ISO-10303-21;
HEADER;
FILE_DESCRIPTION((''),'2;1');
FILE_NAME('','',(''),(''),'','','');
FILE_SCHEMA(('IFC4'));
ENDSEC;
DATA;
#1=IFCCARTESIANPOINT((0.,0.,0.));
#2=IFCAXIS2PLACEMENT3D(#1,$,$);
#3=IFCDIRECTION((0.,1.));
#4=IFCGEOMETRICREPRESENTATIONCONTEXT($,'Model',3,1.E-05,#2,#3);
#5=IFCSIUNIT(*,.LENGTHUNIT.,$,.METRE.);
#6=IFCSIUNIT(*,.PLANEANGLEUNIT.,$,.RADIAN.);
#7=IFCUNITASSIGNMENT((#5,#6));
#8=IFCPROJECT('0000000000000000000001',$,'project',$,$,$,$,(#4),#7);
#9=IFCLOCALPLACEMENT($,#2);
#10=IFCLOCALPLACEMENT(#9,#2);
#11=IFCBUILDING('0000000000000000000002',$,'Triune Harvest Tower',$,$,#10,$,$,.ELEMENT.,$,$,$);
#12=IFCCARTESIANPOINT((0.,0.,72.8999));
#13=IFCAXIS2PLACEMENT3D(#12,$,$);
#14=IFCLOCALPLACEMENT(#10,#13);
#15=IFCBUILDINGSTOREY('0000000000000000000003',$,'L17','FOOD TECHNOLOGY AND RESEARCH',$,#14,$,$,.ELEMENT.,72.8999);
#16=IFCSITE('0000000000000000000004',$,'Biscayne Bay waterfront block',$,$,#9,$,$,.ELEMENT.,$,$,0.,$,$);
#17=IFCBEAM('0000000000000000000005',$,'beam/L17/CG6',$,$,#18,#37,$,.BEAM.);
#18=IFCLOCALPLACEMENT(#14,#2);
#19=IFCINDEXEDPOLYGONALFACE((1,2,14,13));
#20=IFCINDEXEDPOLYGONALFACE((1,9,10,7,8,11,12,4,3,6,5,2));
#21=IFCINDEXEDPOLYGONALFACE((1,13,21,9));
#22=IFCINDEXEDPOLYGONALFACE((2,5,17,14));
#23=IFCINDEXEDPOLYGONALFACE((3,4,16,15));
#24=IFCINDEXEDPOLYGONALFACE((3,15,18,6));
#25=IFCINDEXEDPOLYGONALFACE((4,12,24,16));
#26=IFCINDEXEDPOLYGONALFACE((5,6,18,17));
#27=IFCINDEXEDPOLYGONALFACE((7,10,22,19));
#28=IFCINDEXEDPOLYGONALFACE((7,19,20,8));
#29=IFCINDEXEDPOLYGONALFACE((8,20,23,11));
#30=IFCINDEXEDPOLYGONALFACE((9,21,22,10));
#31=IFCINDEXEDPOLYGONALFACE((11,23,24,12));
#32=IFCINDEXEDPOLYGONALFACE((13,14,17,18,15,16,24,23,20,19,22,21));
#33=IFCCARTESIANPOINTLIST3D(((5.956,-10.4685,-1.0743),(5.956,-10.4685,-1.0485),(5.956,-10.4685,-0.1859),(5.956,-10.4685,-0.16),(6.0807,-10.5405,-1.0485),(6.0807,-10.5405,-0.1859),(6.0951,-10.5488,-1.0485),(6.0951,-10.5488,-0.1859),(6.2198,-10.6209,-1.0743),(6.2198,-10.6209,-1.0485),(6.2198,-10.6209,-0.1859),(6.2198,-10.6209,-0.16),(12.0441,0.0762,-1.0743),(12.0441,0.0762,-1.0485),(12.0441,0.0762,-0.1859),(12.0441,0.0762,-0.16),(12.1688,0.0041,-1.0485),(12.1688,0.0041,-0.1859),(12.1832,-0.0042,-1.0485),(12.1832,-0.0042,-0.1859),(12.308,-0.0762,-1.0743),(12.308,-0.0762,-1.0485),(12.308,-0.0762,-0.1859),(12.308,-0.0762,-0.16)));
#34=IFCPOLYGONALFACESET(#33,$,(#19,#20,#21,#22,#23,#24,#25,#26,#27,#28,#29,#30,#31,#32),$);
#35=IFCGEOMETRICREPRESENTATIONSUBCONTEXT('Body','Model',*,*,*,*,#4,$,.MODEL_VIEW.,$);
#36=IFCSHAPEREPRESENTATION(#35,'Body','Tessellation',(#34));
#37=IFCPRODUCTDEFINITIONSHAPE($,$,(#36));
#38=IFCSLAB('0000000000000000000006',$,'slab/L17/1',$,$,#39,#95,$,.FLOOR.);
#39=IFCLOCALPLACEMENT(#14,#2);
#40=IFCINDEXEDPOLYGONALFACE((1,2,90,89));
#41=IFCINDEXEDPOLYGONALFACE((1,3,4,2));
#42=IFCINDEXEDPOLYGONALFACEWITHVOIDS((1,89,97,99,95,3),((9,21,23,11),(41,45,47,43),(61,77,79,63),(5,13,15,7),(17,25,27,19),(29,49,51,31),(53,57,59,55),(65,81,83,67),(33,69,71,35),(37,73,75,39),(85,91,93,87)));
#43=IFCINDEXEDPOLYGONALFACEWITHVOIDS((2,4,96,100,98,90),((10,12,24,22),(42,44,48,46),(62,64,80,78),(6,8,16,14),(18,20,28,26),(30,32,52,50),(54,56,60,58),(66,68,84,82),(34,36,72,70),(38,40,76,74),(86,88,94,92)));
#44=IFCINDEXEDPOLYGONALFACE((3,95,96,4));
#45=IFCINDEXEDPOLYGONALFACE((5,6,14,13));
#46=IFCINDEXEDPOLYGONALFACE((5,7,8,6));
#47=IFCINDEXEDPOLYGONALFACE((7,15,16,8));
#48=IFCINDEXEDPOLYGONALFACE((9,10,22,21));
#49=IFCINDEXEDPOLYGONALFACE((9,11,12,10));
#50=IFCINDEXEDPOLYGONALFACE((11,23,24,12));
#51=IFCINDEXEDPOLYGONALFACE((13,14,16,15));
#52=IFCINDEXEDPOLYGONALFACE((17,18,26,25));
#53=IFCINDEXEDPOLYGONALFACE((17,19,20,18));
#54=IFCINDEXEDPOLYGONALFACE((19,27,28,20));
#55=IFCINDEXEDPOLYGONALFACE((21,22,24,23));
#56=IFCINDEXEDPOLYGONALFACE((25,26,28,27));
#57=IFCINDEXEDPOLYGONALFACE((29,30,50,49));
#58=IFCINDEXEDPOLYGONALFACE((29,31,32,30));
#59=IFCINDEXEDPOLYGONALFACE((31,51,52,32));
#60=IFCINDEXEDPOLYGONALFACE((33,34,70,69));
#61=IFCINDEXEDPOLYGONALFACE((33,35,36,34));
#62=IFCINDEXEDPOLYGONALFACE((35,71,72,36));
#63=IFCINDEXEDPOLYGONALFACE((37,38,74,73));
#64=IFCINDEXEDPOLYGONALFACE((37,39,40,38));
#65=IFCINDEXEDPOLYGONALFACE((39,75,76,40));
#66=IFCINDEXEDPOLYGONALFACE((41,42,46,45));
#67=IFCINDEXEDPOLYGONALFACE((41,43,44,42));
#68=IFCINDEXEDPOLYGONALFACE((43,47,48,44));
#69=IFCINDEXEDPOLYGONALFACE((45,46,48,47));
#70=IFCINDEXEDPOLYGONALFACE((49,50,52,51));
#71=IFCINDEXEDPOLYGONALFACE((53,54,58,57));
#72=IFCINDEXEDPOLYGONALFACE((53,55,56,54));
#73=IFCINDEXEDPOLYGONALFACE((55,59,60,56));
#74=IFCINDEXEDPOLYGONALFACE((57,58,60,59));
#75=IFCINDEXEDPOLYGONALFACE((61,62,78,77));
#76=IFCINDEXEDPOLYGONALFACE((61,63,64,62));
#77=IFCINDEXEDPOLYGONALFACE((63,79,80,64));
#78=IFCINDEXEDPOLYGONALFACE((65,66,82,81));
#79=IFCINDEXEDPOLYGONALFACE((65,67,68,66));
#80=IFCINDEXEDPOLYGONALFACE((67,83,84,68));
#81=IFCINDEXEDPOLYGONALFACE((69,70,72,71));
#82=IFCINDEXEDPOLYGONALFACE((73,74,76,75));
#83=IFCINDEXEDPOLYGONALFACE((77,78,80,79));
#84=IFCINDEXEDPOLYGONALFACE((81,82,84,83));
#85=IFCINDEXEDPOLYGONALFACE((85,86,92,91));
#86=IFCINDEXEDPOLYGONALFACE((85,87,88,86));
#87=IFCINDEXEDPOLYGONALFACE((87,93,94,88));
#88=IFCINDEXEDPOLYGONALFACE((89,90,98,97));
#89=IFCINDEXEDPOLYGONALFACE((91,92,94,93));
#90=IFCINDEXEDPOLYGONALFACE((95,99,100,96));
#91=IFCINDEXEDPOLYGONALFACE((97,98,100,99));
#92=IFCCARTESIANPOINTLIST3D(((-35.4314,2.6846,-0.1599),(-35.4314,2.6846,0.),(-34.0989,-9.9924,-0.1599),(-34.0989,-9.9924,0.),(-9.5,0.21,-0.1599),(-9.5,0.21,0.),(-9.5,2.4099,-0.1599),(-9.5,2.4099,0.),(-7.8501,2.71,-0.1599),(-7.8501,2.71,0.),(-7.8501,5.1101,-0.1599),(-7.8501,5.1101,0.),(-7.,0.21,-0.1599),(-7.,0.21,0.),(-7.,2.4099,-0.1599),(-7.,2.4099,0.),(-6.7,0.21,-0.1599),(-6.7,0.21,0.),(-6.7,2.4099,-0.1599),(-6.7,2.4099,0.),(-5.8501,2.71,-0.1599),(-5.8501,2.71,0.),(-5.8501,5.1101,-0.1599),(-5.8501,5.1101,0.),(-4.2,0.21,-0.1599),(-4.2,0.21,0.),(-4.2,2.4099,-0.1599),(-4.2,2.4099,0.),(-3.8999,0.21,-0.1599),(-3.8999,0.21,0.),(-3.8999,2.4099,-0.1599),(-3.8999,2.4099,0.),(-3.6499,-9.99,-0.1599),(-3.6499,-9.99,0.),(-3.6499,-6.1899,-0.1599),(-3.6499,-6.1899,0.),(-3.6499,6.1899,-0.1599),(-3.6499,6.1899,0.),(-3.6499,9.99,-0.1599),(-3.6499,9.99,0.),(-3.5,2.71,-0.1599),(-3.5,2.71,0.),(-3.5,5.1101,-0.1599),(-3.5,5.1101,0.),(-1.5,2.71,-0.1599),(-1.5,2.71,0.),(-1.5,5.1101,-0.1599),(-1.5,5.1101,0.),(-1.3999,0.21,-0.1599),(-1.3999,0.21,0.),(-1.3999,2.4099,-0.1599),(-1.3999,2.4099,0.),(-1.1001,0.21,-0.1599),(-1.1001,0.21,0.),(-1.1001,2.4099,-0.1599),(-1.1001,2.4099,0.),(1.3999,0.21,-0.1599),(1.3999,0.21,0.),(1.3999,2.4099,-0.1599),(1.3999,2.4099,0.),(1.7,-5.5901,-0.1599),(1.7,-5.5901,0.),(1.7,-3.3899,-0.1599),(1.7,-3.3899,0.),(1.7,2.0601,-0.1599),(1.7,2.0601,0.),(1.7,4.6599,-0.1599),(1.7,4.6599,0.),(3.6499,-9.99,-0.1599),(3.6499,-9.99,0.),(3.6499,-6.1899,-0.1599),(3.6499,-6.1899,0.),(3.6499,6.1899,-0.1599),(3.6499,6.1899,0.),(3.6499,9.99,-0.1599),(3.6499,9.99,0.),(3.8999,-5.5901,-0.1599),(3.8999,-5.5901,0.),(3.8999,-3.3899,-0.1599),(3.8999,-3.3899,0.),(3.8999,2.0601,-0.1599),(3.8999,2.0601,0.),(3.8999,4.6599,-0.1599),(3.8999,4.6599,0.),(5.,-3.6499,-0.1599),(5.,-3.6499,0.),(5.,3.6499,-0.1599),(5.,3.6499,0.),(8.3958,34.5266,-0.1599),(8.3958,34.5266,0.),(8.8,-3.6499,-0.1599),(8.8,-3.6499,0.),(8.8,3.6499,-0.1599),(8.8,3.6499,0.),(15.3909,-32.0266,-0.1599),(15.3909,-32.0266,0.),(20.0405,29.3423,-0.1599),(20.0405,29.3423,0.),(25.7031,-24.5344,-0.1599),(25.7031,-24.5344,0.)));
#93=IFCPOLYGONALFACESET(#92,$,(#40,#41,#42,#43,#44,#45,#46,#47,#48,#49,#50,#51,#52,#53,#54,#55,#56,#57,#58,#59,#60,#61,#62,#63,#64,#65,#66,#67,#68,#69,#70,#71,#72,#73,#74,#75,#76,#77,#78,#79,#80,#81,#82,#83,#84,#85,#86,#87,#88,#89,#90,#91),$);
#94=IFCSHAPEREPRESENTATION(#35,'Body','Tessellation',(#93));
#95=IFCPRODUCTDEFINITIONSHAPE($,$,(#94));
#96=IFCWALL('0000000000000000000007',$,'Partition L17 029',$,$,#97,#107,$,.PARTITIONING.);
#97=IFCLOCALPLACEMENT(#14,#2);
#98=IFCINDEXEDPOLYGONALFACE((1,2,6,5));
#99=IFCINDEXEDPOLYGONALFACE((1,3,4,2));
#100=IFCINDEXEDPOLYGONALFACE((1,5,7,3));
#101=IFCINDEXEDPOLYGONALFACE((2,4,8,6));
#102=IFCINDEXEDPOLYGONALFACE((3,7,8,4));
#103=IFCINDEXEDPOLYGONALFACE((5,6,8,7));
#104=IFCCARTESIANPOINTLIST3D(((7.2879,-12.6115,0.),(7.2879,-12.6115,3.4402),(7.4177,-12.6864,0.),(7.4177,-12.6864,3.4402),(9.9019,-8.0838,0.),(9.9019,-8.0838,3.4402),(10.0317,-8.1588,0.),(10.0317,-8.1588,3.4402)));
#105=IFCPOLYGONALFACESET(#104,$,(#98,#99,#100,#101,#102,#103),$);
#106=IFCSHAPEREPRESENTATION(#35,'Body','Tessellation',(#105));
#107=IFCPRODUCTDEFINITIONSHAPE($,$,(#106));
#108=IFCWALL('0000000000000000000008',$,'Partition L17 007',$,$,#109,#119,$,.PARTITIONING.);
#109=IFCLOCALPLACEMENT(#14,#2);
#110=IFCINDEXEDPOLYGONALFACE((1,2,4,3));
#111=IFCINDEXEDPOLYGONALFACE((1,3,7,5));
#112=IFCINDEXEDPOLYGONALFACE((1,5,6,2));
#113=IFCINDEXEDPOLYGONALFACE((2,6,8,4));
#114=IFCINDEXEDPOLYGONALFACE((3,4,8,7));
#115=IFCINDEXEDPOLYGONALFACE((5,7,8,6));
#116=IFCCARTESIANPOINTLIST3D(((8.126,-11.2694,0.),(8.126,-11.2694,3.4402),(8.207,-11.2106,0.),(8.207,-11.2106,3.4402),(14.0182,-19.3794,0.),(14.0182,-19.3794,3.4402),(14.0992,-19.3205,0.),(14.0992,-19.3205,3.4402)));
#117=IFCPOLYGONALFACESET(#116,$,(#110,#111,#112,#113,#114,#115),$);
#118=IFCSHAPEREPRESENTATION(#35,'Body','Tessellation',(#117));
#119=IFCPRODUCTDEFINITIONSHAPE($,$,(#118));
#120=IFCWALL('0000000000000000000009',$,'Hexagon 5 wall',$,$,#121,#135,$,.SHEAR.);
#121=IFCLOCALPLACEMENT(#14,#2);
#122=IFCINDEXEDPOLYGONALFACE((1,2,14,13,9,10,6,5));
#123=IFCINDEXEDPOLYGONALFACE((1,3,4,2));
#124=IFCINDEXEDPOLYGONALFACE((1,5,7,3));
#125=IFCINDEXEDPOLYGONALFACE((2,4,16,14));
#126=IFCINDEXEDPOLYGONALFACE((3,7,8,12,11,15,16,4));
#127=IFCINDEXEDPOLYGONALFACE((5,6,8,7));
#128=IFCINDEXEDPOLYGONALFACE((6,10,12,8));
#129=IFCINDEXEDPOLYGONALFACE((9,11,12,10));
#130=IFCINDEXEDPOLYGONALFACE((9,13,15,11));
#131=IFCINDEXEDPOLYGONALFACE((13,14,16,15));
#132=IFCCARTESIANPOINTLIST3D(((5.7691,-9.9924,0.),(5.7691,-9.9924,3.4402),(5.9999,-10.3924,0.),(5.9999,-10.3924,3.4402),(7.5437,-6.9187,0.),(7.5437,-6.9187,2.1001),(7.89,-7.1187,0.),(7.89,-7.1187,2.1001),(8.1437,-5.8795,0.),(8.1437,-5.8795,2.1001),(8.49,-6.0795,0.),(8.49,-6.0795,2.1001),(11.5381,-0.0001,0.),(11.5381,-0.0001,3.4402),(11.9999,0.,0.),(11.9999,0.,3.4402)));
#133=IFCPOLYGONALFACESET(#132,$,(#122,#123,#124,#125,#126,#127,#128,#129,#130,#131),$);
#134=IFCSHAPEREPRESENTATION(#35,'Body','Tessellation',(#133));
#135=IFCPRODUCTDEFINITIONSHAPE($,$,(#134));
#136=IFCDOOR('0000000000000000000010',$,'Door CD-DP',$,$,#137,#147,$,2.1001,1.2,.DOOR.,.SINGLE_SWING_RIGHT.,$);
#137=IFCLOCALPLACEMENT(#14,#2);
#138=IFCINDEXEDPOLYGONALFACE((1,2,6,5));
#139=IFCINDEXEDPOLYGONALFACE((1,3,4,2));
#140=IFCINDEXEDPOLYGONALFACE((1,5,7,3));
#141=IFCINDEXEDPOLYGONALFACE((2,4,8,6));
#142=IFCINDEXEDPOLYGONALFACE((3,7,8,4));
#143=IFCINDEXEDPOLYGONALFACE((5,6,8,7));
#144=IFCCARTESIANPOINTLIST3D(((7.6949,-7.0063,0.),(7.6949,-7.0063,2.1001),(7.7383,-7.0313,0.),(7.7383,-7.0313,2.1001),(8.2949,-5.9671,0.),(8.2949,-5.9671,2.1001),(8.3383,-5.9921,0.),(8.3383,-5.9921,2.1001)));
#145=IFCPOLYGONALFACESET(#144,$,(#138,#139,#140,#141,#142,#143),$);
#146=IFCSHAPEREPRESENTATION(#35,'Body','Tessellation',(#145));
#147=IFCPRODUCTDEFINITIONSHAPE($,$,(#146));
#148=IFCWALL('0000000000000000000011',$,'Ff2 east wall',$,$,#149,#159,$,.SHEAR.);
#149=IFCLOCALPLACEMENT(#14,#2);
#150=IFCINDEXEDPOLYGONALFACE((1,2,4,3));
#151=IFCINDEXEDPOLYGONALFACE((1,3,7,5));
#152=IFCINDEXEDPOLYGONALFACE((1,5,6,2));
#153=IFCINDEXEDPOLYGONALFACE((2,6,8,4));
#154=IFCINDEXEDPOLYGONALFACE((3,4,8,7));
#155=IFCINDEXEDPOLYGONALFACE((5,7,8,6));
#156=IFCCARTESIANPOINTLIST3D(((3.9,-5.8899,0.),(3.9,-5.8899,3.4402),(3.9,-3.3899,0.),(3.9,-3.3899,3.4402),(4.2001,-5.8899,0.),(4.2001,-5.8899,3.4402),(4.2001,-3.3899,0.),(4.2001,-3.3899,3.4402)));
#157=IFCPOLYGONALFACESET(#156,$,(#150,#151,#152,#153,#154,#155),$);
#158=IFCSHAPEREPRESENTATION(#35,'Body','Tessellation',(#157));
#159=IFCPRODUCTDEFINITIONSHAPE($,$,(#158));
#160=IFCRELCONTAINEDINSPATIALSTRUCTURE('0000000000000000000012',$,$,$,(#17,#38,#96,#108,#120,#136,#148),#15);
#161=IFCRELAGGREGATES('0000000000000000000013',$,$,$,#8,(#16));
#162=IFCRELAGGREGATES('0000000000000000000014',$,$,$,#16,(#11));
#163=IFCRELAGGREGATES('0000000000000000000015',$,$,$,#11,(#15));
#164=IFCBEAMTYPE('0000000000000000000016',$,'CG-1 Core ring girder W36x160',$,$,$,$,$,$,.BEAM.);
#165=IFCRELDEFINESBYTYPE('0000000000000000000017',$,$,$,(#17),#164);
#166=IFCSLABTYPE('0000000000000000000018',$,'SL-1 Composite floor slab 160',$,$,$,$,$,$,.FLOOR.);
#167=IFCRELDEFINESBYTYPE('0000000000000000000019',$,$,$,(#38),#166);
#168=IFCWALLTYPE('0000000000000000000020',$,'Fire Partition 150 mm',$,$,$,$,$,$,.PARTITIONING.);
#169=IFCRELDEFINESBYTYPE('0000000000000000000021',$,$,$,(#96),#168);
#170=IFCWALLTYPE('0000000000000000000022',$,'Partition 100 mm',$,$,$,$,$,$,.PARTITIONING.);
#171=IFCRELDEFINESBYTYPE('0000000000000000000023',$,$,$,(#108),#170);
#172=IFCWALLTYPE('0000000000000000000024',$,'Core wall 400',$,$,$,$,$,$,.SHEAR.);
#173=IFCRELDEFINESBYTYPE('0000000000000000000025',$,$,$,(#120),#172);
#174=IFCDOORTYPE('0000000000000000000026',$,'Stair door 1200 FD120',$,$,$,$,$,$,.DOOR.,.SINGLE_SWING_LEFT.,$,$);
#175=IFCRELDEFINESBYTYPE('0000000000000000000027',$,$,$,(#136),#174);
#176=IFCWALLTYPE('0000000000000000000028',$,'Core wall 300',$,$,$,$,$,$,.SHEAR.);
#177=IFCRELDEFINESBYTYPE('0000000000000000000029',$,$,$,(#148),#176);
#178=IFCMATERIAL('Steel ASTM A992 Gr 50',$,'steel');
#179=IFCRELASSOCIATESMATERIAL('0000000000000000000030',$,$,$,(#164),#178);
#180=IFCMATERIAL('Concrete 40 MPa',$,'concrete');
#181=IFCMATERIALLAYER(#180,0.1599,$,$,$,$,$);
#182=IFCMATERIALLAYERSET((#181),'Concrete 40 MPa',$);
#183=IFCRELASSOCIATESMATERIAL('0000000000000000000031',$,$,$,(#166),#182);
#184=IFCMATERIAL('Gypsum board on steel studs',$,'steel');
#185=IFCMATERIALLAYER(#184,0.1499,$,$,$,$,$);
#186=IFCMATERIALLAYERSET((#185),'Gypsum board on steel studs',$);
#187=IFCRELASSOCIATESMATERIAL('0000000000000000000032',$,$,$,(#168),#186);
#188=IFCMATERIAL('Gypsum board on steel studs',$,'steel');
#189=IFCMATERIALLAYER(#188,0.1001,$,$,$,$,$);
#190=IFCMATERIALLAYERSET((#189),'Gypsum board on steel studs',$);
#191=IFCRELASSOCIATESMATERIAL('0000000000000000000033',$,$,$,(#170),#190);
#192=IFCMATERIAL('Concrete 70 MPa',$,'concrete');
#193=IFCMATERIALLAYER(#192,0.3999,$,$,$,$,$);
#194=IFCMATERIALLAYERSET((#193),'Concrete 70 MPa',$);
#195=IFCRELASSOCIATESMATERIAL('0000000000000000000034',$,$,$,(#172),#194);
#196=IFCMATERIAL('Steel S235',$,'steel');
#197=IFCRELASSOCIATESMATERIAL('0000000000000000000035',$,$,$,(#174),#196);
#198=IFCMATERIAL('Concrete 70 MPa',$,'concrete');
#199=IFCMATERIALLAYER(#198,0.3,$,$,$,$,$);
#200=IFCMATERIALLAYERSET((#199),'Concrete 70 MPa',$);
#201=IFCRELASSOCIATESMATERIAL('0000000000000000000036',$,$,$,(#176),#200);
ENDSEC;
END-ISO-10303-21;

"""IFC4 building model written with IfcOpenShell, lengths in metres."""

from ifc_helpers import new_model, si_unit, direction, frame, frame_2d, origin, origin_2d, place, context, subcontext, project, spatial, polyline, rectangle, i_section, outline, extrude, source, transform, mapped, material, layer, layer_set, material_profile, profile_set, type_object, element, fill, save


model = new_model("IFC4")

# Units and contexts
model_context = context("Model", 3, precision=1e-05, world=origin(), true_north=direction((0.0, 1.0)))
body_context = subcontext(model_context, "Body", "Model", "MODEL_VIEW")
ifc_project = project(units=[si_unit("LENGTHUNIT", "METRE"), si_unit("PLANEANGLEUNIT", "RADIAN")], contexts=[model_context])

# Site, building, storey
site_placement = place(None, origin())
site = spatial("IfcSite", under=ifc_project, at=site_placement, Name="Biscayne Bay waterfront block", CompositionType="ELEMENT", RefElevation=0.0)
building_placement = place(site_placement, origin())
building = spatial("IfcBuilding", under=site, at=building_placement, Name="Triune Harvest Tower", CompositionType="ELEMENT")
storey_placement = place(building_placement, frame((0.0, 0.0, 72.8999)))
storey = spatial("IfcBuildingStorey", under=building, at=storey_placement, Name="L17", Description="FOOD TECHNOLOGY AND RESEARCH", CompositionType="ELEMENT", Elevation=72.8999)

# Beam
ifc_material_1 = material(Name="Steel ASTM A992 Gr 50", Category="steel")
ifc_material_profile = material_profile(ifc_material_1, i_section(OverallWidth=0.3047, OverallDepth=0.9143, WebThickness=0.0166, FlangeThickness=0.0259, at=origin_2d()), Name="W36x160")
ifc_profile_set = profile_set([ifc_material_profile], Name="Steel ASTM A992 Gr 50")
beam_type = type_object("IfcBeamType", Name="CG-1 Core ring girder W36x160", PredefinedType="BEAM", material=ifc_profile_set)
shared_shape_1 = source(origin(), body_context, "Body", "SweptSolid", [
    extrude(i_section(OverallWidth=0.3047, OverallDepth=0.9143, WebThickness=0.0166, FlangeThickness=0.0259, at=origin_2d()), origin(), (0.0, 0.0, 1.0), 12.176),
])
beam_placement = place(storey_placement, frame((6.0879, -10.5447, -0.6172), z_axis=(0.50001, 0.86602, 0.0), x_axis=(-0.86602, 0.50001, 0.0)))
element("IfcBeam", 1, at=beam_placement, inside=storey, type_object=beam_type, Name="beam/L17/CG6", PredefinedType="BEAM", context=body_context, shape_type="MappedRepresentation", body=[
    mapped(shared_shape_1, transform((0.0, 0.0, 0.0), scale=1.0)),
])

# Slab
ifc_material_2 = material(Name="Concrete 40 MPa", Category="concrete")
ifc_layer_1 = layer(ifc_material_2, 0.1599)
ifc_layer_set_1 = layer_set([ifc_layer_1], Name="Concrete 40 MPa")
slab_type = type_object("IfcSlabType", Name="SL-1 Composite floor slab 160", PredefinedType="FLOOR", material=ifc_layer_set_1)
shared_shape_2 = source(origin(), body_context, "Body", "SweptSolid", [
    extrude(outline(polyline([(25.7031, -24.5344), (20.0405, 29.3423), (8.3958, 34.5266), (-35.4314, 2.6846), (-34.0989, -9.9924), (15.3909, -32.0266), (25.7031, -24.5344)]), holes=[polyline([(-7.0, 0.21), (-7.0, 2.4099), (-9.5, 2.4099), (-9.5, 0.21), (-7.0, 0.21)]), polyline([(-4.2, 0.21), (-4.2, 2.4099), (-6.7, 2.4099), (-6.7, 0.21), (-4.2, 0.21)]), polyline([(-1.3999, 0.21), (-1.3999, 2.4099), (-3.8999, 2.4099), (-3.8999, 0.21), (-1.3999, 0.21)]), polyline([(1.3999, 0.21), (1.3999, 2.4099), (-1.1001, 2.4099), (-1.1001, 0.21), (1.3999, 0.21)]), polyline([(3.8999, 2.0601), (3.8999, 4.6599), (1.7, 4.6599), (1.7, 2.0601), (3.8999, 2.0601)]), polyline([(3.8999, -5.5901), (3.8999, -3.3899), (1.7, -3.3899), (1.7, -5.5901), (3.8999, -5.5901)]), polyline([(-5.8501, 2.71), (-5.8501, 5.1101), (-7.8501, 5.1101), (-7.8501, 2.71), (-5.8501, 2.71)]), polyline([(-1.5, 2.71), (-1.5, 5.1101), (-3.5, 5.1101), (-3.5, 2.71), (-1.5, 2.71)]), polyline([(3.6499, 6.1899), (3.6499, 9.99), (-3.6499, 9.99), (-3.6499, 6.1899), (3.6499, 6.1899)]), polyline([(3.6499, -9.99), (3.6499, -6.1899), (-3.6499, -6.1899), (-3.6499, -9.99), (3.6499, -9.99)]), polyline([(8.8, -3.6499), (8.8, 3.6499), (5.0, 3.6499), (5.0, -3.6499), (8.8, -3.6499)])]), origin(), (0.0, 0.0, 1.0), 0.1599),
])
slab_placement = place(storey_placement, frame((0.0, 0.0, -0.1599)))
element("IfcSlab", 2, at=slab_placement, inside=storey, type_object=slab_type, Name="slab/L17/1", PredefinedType="FLOOR", context=body_context, shape_type="MappedRepresentation", body=[
    mapped(shared_shape_2, transform((0.0, 0.0, 0.0), scale=1.0)),
])

# Walls
ifc_material_3 = material(Name="Gypsum board on steel studs", Category="steel")
ifc_layer_2 = layer(ifc_material_3, 0.1499)
ifc_layer_set_2 = layer_set([ifc_layer_2], Name="Gypsum board on steel studs")
wall_type_1 = type_object("IfcWallType", Name="Fire Partition 150 mm", PredefinedType="PARTITIONING", material=ifc_layer_set_2)
wall_1_placement = place(storey_placement, frame((7.3528, -12.6489, 0.0), z_axis=(0.0, 0.0, 1.0), x_axis=(0.500001, 0.866025, 0.0)))
element("IfcWall", 3, at=wall_1_placement, inside=storey, type_object=wall_type_1, Name="Partition L17 029", PredefinedType="PARTITIONING", context=body_context, shape_type="SweptSolid", body=[
    extrude(rectangle(XDim=5.228, YDim=0.1499, at=frame_2d((2.614, 0.0))), origin(), (0.0, 0.0, 1.0), 3.4402),
])
ifc_material_4 = material(Name="Gypsum board on steel studs", Category="steel")
ifc_layer_3 = layer(ifc_material_4, 0.1001)
ifc_layer_set_3 = layer_set([ifc_layer_3], Name="Gypsum board on steel studs")
wall_type_2 = type_object("IfcWallType", Name="Partition 100 mm", PredefinedType="PARTITIONING", material=ifc_layer_set_3)
wall_2_placement = place(storey_placement, frame((8.1665, -11.24, 0.0), z_axis=(0.0, 0.0, 1.0), x_axis=(0.587781, -0.80902, 0.0)))
element("IfcWall", 4, at=wall_2_placement, inside=storey, type_object=wall_type_2, Name="Partition L17 007", PredefinedType="PARTITIONING", context=body_context, shape_type="SweptSolid", body=[
    extrude(rectangle(XDim=10.0244, YDim=0.1001, at=frame_2d((5.0122, 0.0))), origin(), (0.0, 0.0, 1.0), 3.4402),
])

# Wall, opening, door
ifc_material_5 = material(Name="Concrete 70 MPa", Category="concrete")
ifc_layer_4 = layer(ifc_material_5, 0.3999)
ifc_layer_set_4 = layer_set([ifc_layer_4], Name="Concrete 70 MPa")
wall_type_3 = type_object("IfcWallType", Name="Core wall 400", PredefinedType="SHEAR", material=ifc_layer_set_4)
shared_shape_3 = source(origin(), body_context, "Body", "SweptSolid", [
    extrude(outline(polyline([(-0.1155, -0.2), (11.8845, -0.2), (11.6536, 0.2), (0.1155, 0.2), (-0.1155, -0.2)])), origin(), (0.0, 0.0, 1.0), 3.4402),
])
wall_3_placement = place(storey_placement, frame((5.8845, -10.1924, 0.0), z_axis=(0.0, 0.0, 1.0), x_axis=(0.499997, 0.866027, 0.0)))
wall_3 = element("IfcWall", 5, at=wall_3_placement, inside=storey, type_object=wall_type_3, Name="Hexagon 5 wall", PredefinedType="SHEAR", context=body_context, shape_type="MappedRepresentation", body=[
    mapped(shared_shape_3, transform((0.0, 0.0, 0.0), scale=1.0)),
])
opening_1_placement = place(wall_3_placement, frame((3.6646, 0.0, 0.0)))
opening_1 = element("IfcOpeningElement", 6, at=opening_1_placement, cuts=wall_3, PredefinedType="OPENING", context=body_context, shape_type="SweptSolid", body=[
    extrude(rectangle(XDim=1.2, YDim=2.1001, at=frame_2d((0.6001, 1.05))), frame((0.0, 0.21, 0.0), z_axis=(0.0, -1.0, 0.0), x_axis=(1.0, 0.0, 0.0)), (0.0, 0.0, 1.0), 0.4199),
])
ifc_material_6 = material(Name="Steel S235", Category="steel")
door_type_1 = type_object("IfcDoorType", Name="Stair door 1200 FD120", OperationType="SINGLE_SWING_LEFT", PredefinedType="DOOR", material=ifc_material_6)
door_1_placement = place(opening_1_placement, frame((1.2, 0.0, 0.0), z_axis=(0.0, 0.0, 1.0), x_axis=(-1.0, 0.0, 0.0)))
door_1 = element("IfcDoor", 7, at=door_1_placement, inside=storey, type_object=door_type_1, Name="Door CD-DP", OperationType="SINGLE_SWING_RIGHT", OverallHeight=2.1001, OverallWidth=1.2, PredefinedType="DOOR", context=body_context, shape_type="SweptSolid", body=[
    extrude(rectangle(XDim=1.2, YDim=2.1001, at=frame_2d((0.6001, 1.05))), frame((0.0, 0.0249, 0.0), z_axis=(0.0, -1.0, 0.0), x_axis=(1.0, 0.0, 0.0)), (0.0, 0.0, 1.0), 0.05),
])
fill(opening_1, door_1)

# Wall
ifc_material_7 = material(Name="Concrete 70 MPa", Category="concrete")
ifc_layer_5 = layer(ifc_material_7, 0.3)
ifc_layer_set_5 = layer_set([ifc_layer_5], Name="Concrete 70 MPa")
wall_type_4 = type_object("IfcWallType", Name="Core wall 300", PredefinedType="SHEAR", material=ifc_layer_set_5)
shared_shape_4 = source(origin(), body_context, "Body", "SweptSolid", [
    extrude(rectangle(XDim=2.5, YDim=0.3, at=frame_2d((1.25, 0.0))), origin(), (0.0, 0.0, 1.0), 3.4402),
])
wall_4_placement = place(storey_placement, frame((4.05, -5.8899, 0.0), z_axis=(0.0, 0.0, 1.0), x_axis=(0.0, 1.0, 0.0)))
element("IfcWall", 8, at=wall_4_placement, inside=storey, type_object=wall_type_4, Name="Ff2 east wall", PredefinedType="SHEAR", context=body_context, shape_type="MappedRepresentation", body=[
    mapped(shared_shape_4, transform((0.0, 0.0, 0.0), scale=1.0)),
])

save(model, "model.ifc")
